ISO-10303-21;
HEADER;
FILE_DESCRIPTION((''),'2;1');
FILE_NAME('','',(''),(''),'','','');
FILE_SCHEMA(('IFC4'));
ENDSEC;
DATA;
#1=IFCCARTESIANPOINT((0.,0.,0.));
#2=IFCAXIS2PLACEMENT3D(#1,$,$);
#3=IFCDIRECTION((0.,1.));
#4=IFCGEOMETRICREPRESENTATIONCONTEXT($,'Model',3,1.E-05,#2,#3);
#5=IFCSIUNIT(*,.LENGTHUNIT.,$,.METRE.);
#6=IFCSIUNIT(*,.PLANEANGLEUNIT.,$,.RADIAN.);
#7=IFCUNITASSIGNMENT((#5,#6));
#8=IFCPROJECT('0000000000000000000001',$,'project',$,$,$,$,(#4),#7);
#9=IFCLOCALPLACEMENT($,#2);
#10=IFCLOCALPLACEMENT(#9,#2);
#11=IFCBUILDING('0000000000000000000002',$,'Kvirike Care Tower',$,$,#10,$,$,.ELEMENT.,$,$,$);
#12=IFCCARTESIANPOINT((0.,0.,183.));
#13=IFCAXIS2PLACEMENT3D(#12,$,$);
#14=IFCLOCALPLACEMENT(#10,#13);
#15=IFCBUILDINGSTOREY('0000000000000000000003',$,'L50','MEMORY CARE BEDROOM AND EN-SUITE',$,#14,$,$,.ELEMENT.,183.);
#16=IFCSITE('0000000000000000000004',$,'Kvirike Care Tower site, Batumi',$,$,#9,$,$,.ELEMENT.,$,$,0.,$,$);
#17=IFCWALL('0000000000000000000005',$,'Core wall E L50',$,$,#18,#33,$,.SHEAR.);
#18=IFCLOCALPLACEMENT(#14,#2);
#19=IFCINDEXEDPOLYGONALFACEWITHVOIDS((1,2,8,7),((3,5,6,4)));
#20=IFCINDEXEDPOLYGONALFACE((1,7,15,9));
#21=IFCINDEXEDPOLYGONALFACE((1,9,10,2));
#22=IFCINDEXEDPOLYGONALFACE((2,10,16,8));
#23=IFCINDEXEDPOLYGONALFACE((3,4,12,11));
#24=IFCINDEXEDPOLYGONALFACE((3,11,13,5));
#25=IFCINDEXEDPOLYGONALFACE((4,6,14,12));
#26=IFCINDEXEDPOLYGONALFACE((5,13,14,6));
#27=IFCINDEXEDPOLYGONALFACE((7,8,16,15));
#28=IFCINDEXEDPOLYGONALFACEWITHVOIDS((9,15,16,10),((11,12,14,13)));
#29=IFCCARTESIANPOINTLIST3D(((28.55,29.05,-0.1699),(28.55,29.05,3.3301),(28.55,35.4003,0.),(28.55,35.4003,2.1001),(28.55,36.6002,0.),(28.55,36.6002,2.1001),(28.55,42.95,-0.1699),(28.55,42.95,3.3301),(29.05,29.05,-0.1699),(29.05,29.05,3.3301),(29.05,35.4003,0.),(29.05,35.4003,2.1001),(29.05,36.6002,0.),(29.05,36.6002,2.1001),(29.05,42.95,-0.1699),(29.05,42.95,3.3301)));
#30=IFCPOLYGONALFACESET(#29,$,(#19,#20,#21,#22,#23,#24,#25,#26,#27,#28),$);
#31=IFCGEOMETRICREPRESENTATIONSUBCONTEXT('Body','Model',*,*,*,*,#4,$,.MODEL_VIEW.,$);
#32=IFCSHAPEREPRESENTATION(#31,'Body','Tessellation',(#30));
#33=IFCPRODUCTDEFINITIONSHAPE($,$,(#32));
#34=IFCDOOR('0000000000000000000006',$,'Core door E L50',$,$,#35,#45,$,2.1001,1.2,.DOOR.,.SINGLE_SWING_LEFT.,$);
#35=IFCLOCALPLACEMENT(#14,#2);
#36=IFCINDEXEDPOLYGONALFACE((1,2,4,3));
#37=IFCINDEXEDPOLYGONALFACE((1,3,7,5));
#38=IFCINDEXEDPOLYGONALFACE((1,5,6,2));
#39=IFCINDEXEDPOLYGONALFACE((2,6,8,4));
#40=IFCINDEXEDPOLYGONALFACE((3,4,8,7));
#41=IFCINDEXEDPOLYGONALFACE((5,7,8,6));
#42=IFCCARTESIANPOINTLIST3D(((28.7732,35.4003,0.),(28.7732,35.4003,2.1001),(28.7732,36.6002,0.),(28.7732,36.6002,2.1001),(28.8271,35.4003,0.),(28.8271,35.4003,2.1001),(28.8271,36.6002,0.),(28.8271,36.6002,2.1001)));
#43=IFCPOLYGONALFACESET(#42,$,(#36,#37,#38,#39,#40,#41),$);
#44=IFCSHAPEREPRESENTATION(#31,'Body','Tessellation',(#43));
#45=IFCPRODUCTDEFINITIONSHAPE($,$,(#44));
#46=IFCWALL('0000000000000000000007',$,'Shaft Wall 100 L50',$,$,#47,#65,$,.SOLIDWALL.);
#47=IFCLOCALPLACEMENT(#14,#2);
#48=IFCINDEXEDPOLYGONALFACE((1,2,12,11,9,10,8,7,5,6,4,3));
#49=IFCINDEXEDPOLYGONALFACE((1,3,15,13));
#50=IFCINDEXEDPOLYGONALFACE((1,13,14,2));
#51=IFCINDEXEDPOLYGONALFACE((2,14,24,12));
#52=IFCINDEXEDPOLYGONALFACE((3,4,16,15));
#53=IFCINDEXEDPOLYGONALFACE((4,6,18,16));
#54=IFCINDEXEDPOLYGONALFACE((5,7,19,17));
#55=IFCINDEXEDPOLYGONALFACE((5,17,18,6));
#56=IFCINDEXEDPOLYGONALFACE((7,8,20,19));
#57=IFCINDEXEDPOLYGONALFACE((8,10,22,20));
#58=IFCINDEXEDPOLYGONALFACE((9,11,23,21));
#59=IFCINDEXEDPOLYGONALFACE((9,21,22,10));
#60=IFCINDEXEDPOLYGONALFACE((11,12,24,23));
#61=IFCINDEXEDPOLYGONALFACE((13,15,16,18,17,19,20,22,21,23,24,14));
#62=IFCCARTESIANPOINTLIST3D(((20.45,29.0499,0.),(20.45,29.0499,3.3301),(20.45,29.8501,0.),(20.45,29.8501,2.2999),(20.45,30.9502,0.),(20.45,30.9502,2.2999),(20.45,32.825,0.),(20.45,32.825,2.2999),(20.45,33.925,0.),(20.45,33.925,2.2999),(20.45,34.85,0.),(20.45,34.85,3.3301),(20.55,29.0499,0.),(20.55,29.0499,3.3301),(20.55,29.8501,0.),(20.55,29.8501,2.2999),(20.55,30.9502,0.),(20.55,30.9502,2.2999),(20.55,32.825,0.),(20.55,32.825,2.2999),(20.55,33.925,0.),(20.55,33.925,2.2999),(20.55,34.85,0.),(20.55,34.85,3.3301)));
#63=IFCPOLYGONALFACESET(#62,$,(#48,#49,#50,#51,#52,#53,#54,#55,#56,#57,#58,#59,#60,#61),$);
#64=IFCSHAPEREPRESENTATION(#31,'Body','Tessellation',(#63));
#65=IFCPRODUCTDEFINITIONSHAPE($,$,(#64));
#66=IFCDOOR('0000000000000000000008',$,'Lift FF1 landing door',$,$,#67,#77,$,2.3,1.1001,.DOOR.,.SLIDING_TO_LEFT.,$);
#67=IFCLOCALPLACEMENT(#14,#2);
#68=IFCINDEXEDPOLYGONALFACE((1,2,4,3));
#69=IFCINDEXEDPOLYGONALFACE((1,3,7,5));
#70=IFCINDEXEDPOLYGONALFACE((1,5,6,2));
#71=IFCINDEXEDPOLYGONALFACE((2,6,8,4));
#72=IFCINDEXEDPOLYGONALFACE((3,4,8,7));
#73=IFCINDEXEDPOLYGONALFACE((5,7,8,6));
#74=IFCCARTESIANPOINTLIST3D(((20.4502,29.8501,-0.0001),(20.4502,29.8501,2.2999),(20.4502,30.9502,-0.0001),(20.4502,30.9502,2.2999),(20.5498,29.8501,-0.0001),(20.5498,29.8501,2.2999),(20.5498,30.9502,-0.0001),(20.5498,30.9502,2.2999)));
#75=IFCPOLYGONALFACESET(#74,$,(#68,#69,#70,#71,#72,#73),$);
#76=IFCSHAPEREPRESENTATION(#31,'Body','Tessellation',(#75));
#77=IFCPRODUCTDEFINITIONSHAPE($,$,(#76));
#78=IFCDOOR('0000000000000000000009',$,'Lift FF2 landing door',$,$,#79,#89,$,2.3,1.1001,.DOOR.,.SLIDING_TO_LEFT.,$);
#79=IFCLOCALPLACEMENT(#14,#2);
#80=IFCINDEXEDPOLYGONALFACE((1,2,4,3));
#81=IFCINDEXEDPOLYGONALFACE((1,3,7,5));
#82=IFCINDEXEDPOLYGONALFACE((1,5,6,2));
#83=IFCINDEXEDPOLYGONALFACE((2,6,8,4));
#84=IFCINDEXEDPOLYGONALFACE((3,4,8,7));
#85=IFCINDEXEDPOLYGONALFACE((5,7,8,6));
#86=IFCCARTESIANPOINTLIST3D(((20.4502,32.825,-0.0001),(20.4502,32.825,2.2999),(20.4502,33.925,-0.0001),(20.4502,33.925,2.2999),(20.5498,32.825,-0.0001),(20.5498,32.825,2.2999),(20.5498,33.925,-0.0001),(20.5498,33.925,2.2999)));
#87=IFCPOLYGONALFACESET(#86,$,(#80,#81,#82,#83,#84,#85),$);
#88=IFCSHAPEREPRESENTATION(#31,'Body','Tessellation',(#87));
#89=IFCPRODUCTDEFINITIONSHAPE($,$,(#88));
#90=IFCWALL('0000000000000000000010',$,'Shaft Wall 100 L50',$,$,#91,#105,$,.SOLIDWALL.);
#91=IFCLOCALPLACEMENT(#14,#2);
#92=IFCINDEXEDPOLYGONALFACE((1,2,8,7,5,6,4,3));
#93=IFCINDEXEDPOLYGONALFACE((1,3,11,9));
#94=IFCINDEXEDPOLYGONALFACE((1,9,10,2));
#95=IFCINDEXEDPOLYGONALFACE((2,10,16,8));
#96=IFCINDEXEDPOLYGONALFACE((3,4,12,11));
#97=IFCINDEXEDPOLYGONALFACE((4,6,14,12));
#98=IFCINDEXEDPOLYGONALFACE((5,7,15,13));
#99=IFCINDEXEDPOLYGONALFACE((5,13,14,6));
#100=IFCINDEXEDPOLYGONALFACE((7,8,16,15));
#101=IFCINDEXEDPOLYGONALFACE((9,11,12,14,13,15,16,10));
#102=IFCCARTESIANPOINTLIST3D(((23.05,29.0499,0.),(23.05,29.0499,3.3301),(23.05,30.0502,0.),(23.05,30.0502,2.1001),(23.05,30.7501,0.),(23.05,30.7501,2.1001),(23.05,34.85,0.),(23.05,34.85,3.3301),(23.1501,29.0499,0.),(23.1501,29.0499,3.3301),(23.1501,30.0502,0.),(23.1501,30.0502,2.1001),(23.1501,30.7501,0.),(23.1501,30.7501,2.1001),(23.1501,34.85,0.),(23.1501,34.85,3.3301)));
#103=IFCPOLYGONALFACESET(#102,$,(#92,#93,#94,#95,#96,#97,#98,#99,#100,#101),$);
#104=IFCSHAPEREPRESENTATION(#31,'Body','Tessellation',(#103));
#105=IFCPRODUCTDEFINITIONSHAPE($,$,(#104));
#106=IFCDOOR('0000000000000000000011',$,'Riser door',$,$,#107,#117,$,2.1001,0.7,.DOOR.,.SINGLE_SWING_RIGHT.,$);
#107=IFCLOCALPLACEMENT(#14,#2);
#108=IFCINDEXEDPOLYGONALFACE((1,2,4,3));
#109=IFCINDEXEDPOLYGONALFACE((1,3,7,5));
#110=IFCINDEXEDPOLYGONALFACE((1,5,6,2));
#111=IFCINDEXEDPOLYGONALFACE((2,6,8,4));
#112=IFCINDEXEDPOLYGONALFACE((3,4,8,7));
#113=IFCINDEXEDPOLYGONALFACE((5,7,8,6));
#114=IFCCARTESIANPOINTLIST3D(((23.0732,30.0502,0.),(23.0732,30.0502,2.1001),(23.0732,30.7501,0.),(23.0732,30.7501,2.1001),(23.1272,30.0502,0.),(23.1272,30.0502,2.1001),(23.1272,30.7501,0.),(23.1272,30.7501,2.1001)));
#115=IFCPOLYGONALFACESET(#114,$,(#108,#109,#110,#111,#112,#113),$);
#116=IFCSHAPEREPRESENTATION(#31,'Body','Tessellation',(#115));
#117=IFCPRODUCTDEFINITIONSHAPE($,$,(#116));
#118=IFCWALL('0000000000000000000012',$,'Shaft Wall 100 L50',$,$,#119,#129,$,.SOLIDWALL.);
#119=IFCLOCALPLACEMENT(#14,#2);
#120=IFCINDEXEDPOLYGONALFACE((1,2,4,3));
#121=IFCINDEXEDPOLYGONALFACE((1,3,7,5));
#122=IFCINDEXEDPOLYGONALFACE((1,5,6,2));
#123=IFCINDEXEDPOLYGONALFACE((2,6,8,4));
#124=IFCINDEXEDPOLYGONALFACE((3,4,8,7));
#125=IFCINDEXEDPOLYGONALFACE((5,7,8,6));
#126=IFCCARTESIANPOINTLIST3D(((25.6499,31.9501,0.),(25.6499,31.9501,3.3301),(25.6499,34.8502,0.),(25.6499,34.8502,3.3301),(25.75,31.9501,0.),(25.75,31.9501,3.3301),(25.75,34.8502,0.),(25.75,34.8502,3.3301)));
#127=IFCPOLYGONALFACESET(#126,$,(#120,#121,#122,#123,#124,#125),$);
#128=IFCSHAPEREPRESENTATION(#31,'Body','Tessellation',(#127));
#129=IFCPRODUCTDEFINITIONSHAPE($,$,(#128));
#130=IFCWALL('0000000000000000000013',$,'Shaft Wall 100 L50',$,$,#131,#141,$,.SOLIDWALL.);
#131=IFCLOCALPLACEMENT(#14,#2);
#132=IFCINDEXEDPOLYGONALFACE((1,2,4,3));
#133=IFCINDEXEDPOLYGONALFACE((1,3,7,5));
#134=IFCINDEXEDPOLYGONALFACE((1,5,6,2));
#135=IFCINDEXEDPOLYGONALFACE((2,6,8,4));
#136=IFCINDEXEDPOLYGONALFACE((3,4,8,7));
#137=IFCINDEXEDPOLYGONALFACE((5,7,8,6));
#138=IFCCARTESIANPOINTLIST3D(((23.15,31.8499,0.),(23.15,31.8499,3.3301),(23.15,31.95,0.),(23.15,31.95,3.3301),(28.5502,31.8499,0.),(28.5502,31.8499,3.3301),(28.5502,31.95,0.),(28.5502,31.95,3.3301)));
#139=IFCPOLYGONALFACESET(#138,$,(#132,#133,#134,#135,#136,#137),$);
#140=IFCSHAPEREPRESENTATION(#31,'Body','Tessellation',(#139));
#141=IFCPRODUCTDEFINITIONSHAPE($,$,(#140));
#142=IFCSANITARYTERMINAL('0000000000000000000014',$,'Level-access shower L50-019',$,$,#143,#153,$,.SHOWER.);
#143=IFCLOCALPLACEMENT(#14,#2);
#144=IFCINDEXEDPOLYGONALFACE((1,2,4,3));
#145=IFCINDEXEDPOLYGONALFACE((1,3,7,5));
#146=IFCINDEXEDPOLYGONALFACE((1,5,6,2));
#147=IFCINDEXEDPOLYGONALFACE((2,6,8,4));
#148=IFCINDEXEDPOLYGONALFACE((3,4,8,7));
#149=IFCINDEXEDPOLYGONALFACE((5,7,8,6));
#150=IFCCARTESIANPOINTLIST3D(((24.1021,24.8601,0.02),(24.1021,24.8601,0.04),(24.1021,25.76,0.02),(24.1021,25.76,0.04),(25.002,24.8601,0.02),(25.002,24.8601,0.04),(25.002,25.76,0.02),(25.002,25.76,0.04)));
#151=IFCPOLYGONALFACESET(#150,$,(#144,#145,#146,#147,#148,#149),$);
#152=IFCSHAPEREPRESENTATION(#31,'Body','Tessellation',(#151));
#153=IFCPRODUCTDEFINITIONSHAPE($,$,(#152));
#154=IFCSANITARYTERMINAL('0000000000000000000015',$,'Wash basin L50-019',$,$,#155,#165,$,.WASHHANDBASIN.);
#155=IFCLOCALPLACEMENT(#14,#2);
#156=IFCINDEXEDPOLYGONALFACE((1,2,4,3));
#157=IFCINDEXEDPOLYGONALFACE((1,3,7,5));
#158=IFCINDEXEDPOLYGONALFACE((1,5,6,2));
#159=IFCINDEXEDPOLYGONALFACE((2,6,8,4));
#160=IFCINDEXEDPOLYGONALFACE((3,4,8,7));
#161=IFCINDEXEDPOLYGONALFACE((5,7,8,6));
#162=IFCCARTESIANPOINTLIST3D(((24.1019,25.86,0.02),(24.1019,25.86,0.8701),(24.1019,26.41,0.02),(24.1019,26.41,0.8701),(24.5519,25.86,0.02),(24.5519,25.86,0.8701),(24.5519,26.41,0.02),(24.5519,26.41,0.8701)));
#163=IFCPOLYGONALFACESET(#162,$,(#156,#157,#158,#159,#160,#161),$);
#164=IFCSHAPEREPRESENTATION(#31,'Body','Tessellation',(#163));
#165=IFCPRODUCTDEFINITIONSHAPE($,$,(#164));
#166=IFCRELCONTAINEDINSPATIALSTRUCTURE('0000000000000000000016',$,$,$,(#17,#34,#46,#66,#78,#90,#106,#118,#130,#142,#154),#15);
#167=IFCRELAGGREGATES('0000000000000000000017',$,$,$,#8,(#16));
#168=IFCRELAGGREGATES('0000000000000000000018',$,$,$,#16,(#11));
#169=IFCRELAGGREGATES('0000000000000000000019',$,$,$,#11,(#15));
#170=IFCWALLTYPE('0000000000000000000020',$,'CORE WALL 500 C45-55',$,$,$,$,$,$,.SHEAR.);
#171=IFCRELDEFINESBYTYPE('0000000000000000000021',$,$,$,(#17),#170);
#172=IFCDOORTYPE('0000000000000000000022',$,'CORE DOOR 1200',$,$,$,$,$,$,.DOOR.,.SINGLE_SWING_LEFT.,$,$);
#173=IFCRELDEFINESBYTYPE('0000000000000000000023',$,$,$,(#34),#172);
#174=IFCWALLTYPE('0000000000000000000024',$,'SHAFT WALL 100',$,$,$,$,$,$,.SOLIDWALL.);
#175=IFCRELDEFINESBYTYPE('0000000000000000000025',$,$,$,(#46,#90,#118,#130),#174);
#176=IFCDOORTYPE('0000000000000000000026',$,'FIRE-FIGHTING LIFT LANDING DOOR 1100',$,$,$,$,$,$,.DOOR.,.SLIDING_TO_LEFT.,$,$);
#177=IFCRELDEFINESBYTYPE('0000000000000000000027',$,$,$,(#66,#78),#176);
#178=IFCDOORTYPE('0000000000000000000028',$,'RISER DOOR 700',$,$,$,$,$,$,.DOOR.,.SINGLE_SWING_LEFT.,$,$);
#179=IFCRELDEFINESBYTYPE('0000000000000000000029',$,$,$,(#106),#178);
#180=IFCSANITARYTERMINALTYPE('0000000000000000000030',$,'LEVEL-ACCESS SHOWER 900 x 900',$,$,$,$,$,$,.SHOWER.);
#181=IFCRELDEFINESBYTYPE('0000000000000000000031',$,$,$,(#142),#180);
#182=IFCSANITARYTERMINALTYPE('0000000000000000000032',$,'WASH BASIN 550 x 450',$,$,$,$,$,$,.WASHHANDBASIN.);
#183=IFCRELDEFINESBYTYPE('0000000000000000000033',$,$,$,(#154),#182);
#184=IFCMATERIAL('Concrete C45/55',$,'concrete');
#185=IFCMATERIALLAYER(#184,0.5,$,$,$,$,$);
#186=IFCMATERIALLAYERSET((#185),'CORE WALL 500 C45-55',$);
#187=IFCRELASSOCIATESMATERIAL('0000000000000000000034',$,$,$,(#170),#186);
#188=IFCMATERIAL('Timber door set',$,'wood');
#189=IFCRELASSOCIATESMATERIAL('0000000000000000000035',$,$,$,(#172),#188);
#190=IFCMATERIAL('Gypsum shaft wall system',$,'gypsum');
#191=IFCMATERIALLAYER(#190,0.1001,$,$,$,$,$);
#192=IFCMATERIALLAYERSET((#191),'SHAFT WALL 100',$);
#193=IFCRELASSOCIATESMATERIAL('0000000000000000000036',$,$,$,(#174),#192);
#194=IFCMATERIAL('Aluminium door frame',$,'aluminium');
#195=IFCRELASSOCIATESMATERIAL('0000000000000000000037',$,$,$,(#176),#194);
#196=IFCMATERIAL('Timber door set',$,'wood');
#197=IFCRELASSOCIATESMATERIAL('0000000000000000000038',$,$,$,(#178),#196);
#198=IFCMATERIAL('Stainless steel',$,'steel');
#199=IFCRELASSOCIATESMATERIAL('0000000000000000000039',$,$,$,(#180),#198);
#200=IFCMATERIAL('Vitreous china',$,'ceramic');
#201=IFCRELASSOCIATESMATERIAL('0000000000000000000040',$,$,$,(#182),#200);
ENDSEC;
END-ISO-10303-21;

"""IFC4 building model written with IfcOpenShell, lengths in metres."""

from ifc_helpers import new_model, si_unit, direction, frame, frame_2d, origin, origin_2d, place, context, subcontext, project, spatial, rectangle, extrude, material, layer, layer_set, type_object, element, fill, save


model = new_model("IFC4")

# Units and contexts
model_context = context("Model", 3, precision=1e-05, world=origin(), true_north=direction((0.0, 1.0)))
body_context = subcontext(model_context, "Body", "Model", "MODEL_VIEW")
ifc_project = project(units=[si_unit("LENGTHUNIT", "METRE"), si_unit("PLANEANGLEUNIT", "RADIAN")], contexts=[model_context])

# Site, building, storey
site_placement = place(None, origin())
site = spatial("IfcSite", under=ifc_project, at=site_placement, Name="Kvirike Care Tower site, Batumi", CompositionType="ELEMENT", RefElevation=0.0)
building_placement = place(site_placement, origin())
building = spatial("IfcBuilding", under=site, at=building_placement, Name="Kvirike Care Tower", CompositionType="ELEMENT")
storey_placement = place(building_placement, frame((0.0, 0.0, 183.0)))
storey = spatial("IfcBuildingStorey", under=building, at=storey_placement, Name="L50", Description="MEMORY CARE BEDROOM AND EN-SUITE", CompositionType="ELEMENT", Elevation=183.0)

# Wall, opening, door
ifc_material_1 = material(Name="Concrete C45/55", Category="concrete")
ifc_layer_1 = layer(ifc_material_1, 0.5)
ifc_layer_set_1 = layer_set([ifc_layer_1], Name="CORE WALL 500 C45-55")
wall_type_1 = type_object("IfcWallType", Name="CORE WALL 500 C45-55", PredefinedType="SHEAR", material=ifc_layer_set_1)
wall_1_placement = place(storey_placement, frame((28.8, 29.05, -0.1699), z_axis=(0.0, 0.0, 1.0), x_axis=(0.0, 1.0, 0.0)))
wall_1 = element("IfcWall", 1, at=wall_1_placement, inside=storey, type_object=wall_type_1, Name="Core wall E L50", PredefinedType="SHEAR", context=body_context, shape_type="SweptSolid", body=[
    extrude(rectangle(XDim=13.8999, YDim=0.5, at=frame_2d((6.95, 0.0))), origin(), (0.0, 0.0, 1.0), 3.5),
])
opening_1_placement = place(wall_1_placement, frame((6.3501, 0.0, 0.1699)))
opening_1 = element("IfcOpeningElement", 2, at=opening_1_placement, cuts=wall_1, PredefinedType="OPENING", context=body_context, shape_type="SweptSolid", body=[
    extrude(rectangle(XDim=1.2, YDim=2.1001, at=frame_2d((0.6001, 1.05))), frame((0.0, 0.2605, 0.0), z_axis=(0.0, -1.0, 0.0), x_axis=(1.0, 0.0, 0.0)), (0.0, 0.0, 1.0), 0.521),
])
ifc_material_2 = material(Name="Timber door set", Category="wood")
door_type_1 = type_object("IfcDoorType", Name="CORE DOOR 1200", OperationType="SINGLE_SWING_LEFT", PredefinedType="DOOR", material=ifc_material_2)
door_1_placement = place(opening_1_placement, origin())
door_1 = element("IfcDoor", 3, at=door_1_placement, inside=storey, type_object=door_type_1, Name="Core door E L50", OperationType="SINGLE_SWING_LEFT", OverallHeight=2.1001, OverallWidth=1.2, PredefinedType="DOOR", context=body_context, shape_type="SweptSolid", body=[
    extrude(rectangle(XDim=1.2, YDim=2.1001, at=frame_2d((0.6001, 1.05))), frame((0.0, 0.0269, 0.0), z_axis=(0.0, -1.0, 0.0), x_axis=(1.0, 0.0, 0.0)), (0.0, 0.0, 1.0), 0.054),
])
fill(opening_1, door_1)

# Wall, openings, doors
ifc_material_3 = material(Name="Gypsum shaft wall system", Category="gypsum")
ifc_layer_2 = layer(ifc_material_3, 0.1001)
ifc_layer_set_2 = layer_set([ifc_layer_2], Name="SHAFT WALL 100")
wall_type_2 = type_object("IfcWallType", Name="SHAFT WALL 100", PredefinedType="SOLIDWALL", material=ifc_layer_set_2)
wall_2_placement = place(storey_placement, frame((20.5, 29.05, 0.0), z_axis=(0.0, 0.0, 1.0), x_axis=(0.0, 1.0, 0.0)))
wall_2 = element("IfcWall", 4, at=wall_2_placement, inside=storey, type_object=wall_type_2, Name="Shaft Wall 100 L50", PredefinedType="SOLIDWALL", context=body_context, shape_type="SweptSolid", body=[
    extrude(rectangle(XDim=5.8, YDim=0.1001, at=frame_2d((2.8999, 0.0))), origin(), (0.0, 0.0, 1.0), 3.3301),
])
opening_2_placement = place(wall_2_placement, frame((0.8, 0.0, 0.0)))
opening_2 = element("IfcOpeningElement", 5, at=opening_2_placement, cuts=wall_2, PredefinedType="OPENING", context=body_context, shape_type="SweptSolid", body=[
    extrude(rectangle(XDim=1.1001, YDim=2.3, at=frame_2d((0.55, 1.1499))), frame((0.0, 0.0605, 0.0), z_axis=(0.0, -1.0, 0.0), x_axis=(1.0, 0.0, 0.0)), (0.0, 0.0, 1.0), 0.1211),
])
opening_3_placement = place(wall_2_placement, frame((3.7749, 0.0, 0.0)))
opening_3 = element("IfcOpeningElement", 6, at=opening_3_placement, cuts=wall_2, PredefinedType="OPENING", context=body_context, shape_type="SweptSolid", body=[
    extrude(rectangle(XDim=1.1001, YDim=2.3, at=frame_2d((0.55, 1.1499))), frame((0.0, 0.0605, 0.0), z_axis=(0.0, -1.0, 0.0), x_axis=(1.0, 0.0, 0.0)), (0.0, 0.0, 1.0), 0.1211),
])
ifc_material_4 = material(Name="Aluminium door frame", Category="aluminium")
door_type_2 = type_object("IfcDoorType", Name="FIRE-FIGHTING LIFT LANDING DOOR 1100", OperationType="SLIDING_TO_LEFT", PredefinedType="DOOR", material=ifc_material_4)
door_2_placement = place(opening_2_placement, origin())
door_2 = element("IfcDoor", 7, at=door_2_placement, inside=storey, type_object=door_type_2, Name="Lift FF1 landing door", OperationType="SLIDING_TO_LEFT", OverallHeight=2.3, OverallWidth=1.1001, PredefinedType="DOOR", context=body_context, shape_type="SweptSolid", body=[
    extrude(rectangle(XDim=1.1001, YDim=2.3, at=frame_2d((0.55, 1.1499))), frame((0.0, 0.0498, 0.0), z_axis=(0.0, -1.0, 0.0), x_axis=(1.0, 0.0, 0.0)), (0.0, 0.0, 1.0), 0.0996),
])
fill(opening_2, door_2)
door_3_placement = place(opening_3_placement, origin())
door_3 = element("IfcDoor", 8, at=door_3_placement, inside=storey, type_object=door_type_2, Name="Lift FF2 landing door", OperationType="SLIDING_TO_LEFT", OverallHeight=2.3, OverallWidth=1.1001, PredefinedType="DOOR", context=body_context, shape_type="SweptSolid", body=[
    extrude(rectangle(XDim=1.1001, YDim=2.3, at=frame_2d((0.55, 1.1499))), frame((0.0, 0.0498, 0.0), z_axis=(0.0, -1.0, 0.0), x_axis=(1.0, 0.0, 0.0)), (0.0, 0.0, 1.0), 0.0996),
])
fill(opening_3, door_3)

# Wall, opening, door
wall_3_placement = place(storey_placement, frame((23.1001, 29.05, 0.0), z_axis=(0.0, 0.0, 1.0), x_axis=(0.0, 1.0, 0.0)))
wall_3 = element("IfcWall", 9, at=wall_3_placement, inside=storey, type_object=wall_type_2, Name="Shaft Wall 100 L50", PredefinedType="SOLIDWALL", context=body_context, shape_type="SweptSolid", body=[
    extrude(rectangle(XDim=5.8, YDim=0.1001, at=frame_2d((2.8999, 0.0))), origin(), (0.0, 0.0, 1.0), 3.3301),
])
opening_4_placement = place(wall_3_placement, frame((1.0, 0.0, 0.0)))
opening_4 = element("IfcOpeningElement", 10, at=opening_4_placement, cuts=wall_3, PredefinedType="OPENING", context=body_context, shape_type="SweptSolid", body=[
    extrude(rectangle(XDim=0.7, YDim=2.1001, at=frame_2d((0.3501, 1.05))), frame((0.0, 0.0605, 0.0), z_axis=(0.0, -1.0, 0.0), x_axis=(1.0, 0.0, 0.0)), (0.0, 0.0, 1.0), 0.1211),
])
ifc_material_5 = material(Name="Timber door set", Category="wood")
door_type_3 = type_object("IfcDoorType", Name="RISER DOOR 700", OperationType="SINGLE_SWING_LEFT", PredefinedType="DOOR", material=ifc_material_5)
door_4_placement = place(opening_4_placement, origin())
door_4 = element("IfcDoor", 11, at=door_4_placement, inside=storey, type_object=door_type_3, Name="Riser door", OperationType="SINGLE_SWING_RIGHT", OverallHeight=2.1001, OverallWidth=0.7, PredefinedType="DOOR", context=body_context, shape_type="SweptSolid", body=[
    extrude(rectangle(XDim=0.7, YDim=2.1001, at=frame_2d((0.3501, 1.05))), frame((0.0, 0.0269, 0.0), z_axis=(0.0, -1.0, 0.0), x_axis=(1.0, 0.0, 0.0)), (0.0, 0.0, 1.0), 0.054),
])
fill(opening_4, door_4)

# Walls
wall_4_placement = place(storey_placement, frame((25.7, 31.95, 0.0), z_axis=(0.0, 0.0, 1.0), x_axis=(0.0, 1.0, 0.0)))
element("IfcWall", 12, at=wall_4_placement, inside=storey, type_object=wall_type_2, Name="Shaft Wall 100 L50", PredefinedType="SOLIDWALL", context=body_context, shape_type="SweptSolid", body=[
    extrude(rectangle(XDim=2.9001, YDim=0.1001, at=frame_2d((1.4502, 0.0))), origin(), (0.0, 0.0, 1.0), 3.3301),
])
wall_5_placement = place(storey_placement, frame((23.1499, 31.8999, 0.0), z_axis=(0.0, 0.0, 1.0), x_axis=(1.0, 0.0, 0.0)))
element("IfcWall", 13, at=wall_5_placement, inside=storey, type_object=wall_type_2, Name="Shaft Wall 100 L50", PredefinedType="SOLIDWALL", context=body_context, shape_type="SweptSolid", body=[
    extrude(rectangle(XDim=5.4001, YDim=0.1001, at=frame_2d((2.7002, 0.0))), origin(), (0.0, 0.0, 1.0), 3.3301),
])

# Sanitary terminals
ifc_material_6 = material(Name="Stainless steel", Category="steel")
sanitary_terminal_type_1 = type_object("IfcSanitaryTerminalType", Name="LEVEL-ACCESS SHOWER 900 x 900", PredefinedType="SHOWER", material=ifc_material_6)
sanitary_terminal_1_placement = place(storey_placement, frame((24.552, 25.3101, 0.02), z_axis=(0.0, 0.0, 1.0), x_axis=(0.0, 1.0, 0.0)))
element("IfcSanitaryTerminal", 14, at=sanitary_terminal_1_placement, inside=storey, type_object=sanitary_terminal_type_1, Name="Level-access shower L50-019", PredefinedType="SHOWER", context=body_context, shape_type="SweptSolid", body=[
    extrude(rectangle(XDim=0.8999, YDim=0.8999, at=origin_2d()), origin(), (0.0, 0.0, 1.0), 0.02),
])
ifc_material_7 = material(Name="Vitreous china", Category="ceramic")
sanitary_terminal_type_2 = type_object("IfcSanitaryTerminalType", Name="WASH BASIN 550 x 450", PredefinedType="WASHHANDBASIN", material=ifc_material_7)
sanitary_terminal_2_placement = place(storey_placement, frame((24.3269, 26.135, 0.02), z_axis=(0.0, 0.0, 1.0), x_axis=(0.0, 1.0, 0.0)))
element("IfcSanitaryTerminal", 15, at=sanitary_terminal_2_placement, inside=storey, type_object=sanitary_terminal_type_2, Name="Wash basin L50-019", PredefinedType="WASHHANDBASIN", context=body_context, shape_type="SweptSolid", body=[
    extrude(rectangle(XDim=0.55, YDim=0.45, at=origin_2d()), origin(), (0.0, 0.0, 1.0), 0.8501),
])

save(model, "model.ifc")
